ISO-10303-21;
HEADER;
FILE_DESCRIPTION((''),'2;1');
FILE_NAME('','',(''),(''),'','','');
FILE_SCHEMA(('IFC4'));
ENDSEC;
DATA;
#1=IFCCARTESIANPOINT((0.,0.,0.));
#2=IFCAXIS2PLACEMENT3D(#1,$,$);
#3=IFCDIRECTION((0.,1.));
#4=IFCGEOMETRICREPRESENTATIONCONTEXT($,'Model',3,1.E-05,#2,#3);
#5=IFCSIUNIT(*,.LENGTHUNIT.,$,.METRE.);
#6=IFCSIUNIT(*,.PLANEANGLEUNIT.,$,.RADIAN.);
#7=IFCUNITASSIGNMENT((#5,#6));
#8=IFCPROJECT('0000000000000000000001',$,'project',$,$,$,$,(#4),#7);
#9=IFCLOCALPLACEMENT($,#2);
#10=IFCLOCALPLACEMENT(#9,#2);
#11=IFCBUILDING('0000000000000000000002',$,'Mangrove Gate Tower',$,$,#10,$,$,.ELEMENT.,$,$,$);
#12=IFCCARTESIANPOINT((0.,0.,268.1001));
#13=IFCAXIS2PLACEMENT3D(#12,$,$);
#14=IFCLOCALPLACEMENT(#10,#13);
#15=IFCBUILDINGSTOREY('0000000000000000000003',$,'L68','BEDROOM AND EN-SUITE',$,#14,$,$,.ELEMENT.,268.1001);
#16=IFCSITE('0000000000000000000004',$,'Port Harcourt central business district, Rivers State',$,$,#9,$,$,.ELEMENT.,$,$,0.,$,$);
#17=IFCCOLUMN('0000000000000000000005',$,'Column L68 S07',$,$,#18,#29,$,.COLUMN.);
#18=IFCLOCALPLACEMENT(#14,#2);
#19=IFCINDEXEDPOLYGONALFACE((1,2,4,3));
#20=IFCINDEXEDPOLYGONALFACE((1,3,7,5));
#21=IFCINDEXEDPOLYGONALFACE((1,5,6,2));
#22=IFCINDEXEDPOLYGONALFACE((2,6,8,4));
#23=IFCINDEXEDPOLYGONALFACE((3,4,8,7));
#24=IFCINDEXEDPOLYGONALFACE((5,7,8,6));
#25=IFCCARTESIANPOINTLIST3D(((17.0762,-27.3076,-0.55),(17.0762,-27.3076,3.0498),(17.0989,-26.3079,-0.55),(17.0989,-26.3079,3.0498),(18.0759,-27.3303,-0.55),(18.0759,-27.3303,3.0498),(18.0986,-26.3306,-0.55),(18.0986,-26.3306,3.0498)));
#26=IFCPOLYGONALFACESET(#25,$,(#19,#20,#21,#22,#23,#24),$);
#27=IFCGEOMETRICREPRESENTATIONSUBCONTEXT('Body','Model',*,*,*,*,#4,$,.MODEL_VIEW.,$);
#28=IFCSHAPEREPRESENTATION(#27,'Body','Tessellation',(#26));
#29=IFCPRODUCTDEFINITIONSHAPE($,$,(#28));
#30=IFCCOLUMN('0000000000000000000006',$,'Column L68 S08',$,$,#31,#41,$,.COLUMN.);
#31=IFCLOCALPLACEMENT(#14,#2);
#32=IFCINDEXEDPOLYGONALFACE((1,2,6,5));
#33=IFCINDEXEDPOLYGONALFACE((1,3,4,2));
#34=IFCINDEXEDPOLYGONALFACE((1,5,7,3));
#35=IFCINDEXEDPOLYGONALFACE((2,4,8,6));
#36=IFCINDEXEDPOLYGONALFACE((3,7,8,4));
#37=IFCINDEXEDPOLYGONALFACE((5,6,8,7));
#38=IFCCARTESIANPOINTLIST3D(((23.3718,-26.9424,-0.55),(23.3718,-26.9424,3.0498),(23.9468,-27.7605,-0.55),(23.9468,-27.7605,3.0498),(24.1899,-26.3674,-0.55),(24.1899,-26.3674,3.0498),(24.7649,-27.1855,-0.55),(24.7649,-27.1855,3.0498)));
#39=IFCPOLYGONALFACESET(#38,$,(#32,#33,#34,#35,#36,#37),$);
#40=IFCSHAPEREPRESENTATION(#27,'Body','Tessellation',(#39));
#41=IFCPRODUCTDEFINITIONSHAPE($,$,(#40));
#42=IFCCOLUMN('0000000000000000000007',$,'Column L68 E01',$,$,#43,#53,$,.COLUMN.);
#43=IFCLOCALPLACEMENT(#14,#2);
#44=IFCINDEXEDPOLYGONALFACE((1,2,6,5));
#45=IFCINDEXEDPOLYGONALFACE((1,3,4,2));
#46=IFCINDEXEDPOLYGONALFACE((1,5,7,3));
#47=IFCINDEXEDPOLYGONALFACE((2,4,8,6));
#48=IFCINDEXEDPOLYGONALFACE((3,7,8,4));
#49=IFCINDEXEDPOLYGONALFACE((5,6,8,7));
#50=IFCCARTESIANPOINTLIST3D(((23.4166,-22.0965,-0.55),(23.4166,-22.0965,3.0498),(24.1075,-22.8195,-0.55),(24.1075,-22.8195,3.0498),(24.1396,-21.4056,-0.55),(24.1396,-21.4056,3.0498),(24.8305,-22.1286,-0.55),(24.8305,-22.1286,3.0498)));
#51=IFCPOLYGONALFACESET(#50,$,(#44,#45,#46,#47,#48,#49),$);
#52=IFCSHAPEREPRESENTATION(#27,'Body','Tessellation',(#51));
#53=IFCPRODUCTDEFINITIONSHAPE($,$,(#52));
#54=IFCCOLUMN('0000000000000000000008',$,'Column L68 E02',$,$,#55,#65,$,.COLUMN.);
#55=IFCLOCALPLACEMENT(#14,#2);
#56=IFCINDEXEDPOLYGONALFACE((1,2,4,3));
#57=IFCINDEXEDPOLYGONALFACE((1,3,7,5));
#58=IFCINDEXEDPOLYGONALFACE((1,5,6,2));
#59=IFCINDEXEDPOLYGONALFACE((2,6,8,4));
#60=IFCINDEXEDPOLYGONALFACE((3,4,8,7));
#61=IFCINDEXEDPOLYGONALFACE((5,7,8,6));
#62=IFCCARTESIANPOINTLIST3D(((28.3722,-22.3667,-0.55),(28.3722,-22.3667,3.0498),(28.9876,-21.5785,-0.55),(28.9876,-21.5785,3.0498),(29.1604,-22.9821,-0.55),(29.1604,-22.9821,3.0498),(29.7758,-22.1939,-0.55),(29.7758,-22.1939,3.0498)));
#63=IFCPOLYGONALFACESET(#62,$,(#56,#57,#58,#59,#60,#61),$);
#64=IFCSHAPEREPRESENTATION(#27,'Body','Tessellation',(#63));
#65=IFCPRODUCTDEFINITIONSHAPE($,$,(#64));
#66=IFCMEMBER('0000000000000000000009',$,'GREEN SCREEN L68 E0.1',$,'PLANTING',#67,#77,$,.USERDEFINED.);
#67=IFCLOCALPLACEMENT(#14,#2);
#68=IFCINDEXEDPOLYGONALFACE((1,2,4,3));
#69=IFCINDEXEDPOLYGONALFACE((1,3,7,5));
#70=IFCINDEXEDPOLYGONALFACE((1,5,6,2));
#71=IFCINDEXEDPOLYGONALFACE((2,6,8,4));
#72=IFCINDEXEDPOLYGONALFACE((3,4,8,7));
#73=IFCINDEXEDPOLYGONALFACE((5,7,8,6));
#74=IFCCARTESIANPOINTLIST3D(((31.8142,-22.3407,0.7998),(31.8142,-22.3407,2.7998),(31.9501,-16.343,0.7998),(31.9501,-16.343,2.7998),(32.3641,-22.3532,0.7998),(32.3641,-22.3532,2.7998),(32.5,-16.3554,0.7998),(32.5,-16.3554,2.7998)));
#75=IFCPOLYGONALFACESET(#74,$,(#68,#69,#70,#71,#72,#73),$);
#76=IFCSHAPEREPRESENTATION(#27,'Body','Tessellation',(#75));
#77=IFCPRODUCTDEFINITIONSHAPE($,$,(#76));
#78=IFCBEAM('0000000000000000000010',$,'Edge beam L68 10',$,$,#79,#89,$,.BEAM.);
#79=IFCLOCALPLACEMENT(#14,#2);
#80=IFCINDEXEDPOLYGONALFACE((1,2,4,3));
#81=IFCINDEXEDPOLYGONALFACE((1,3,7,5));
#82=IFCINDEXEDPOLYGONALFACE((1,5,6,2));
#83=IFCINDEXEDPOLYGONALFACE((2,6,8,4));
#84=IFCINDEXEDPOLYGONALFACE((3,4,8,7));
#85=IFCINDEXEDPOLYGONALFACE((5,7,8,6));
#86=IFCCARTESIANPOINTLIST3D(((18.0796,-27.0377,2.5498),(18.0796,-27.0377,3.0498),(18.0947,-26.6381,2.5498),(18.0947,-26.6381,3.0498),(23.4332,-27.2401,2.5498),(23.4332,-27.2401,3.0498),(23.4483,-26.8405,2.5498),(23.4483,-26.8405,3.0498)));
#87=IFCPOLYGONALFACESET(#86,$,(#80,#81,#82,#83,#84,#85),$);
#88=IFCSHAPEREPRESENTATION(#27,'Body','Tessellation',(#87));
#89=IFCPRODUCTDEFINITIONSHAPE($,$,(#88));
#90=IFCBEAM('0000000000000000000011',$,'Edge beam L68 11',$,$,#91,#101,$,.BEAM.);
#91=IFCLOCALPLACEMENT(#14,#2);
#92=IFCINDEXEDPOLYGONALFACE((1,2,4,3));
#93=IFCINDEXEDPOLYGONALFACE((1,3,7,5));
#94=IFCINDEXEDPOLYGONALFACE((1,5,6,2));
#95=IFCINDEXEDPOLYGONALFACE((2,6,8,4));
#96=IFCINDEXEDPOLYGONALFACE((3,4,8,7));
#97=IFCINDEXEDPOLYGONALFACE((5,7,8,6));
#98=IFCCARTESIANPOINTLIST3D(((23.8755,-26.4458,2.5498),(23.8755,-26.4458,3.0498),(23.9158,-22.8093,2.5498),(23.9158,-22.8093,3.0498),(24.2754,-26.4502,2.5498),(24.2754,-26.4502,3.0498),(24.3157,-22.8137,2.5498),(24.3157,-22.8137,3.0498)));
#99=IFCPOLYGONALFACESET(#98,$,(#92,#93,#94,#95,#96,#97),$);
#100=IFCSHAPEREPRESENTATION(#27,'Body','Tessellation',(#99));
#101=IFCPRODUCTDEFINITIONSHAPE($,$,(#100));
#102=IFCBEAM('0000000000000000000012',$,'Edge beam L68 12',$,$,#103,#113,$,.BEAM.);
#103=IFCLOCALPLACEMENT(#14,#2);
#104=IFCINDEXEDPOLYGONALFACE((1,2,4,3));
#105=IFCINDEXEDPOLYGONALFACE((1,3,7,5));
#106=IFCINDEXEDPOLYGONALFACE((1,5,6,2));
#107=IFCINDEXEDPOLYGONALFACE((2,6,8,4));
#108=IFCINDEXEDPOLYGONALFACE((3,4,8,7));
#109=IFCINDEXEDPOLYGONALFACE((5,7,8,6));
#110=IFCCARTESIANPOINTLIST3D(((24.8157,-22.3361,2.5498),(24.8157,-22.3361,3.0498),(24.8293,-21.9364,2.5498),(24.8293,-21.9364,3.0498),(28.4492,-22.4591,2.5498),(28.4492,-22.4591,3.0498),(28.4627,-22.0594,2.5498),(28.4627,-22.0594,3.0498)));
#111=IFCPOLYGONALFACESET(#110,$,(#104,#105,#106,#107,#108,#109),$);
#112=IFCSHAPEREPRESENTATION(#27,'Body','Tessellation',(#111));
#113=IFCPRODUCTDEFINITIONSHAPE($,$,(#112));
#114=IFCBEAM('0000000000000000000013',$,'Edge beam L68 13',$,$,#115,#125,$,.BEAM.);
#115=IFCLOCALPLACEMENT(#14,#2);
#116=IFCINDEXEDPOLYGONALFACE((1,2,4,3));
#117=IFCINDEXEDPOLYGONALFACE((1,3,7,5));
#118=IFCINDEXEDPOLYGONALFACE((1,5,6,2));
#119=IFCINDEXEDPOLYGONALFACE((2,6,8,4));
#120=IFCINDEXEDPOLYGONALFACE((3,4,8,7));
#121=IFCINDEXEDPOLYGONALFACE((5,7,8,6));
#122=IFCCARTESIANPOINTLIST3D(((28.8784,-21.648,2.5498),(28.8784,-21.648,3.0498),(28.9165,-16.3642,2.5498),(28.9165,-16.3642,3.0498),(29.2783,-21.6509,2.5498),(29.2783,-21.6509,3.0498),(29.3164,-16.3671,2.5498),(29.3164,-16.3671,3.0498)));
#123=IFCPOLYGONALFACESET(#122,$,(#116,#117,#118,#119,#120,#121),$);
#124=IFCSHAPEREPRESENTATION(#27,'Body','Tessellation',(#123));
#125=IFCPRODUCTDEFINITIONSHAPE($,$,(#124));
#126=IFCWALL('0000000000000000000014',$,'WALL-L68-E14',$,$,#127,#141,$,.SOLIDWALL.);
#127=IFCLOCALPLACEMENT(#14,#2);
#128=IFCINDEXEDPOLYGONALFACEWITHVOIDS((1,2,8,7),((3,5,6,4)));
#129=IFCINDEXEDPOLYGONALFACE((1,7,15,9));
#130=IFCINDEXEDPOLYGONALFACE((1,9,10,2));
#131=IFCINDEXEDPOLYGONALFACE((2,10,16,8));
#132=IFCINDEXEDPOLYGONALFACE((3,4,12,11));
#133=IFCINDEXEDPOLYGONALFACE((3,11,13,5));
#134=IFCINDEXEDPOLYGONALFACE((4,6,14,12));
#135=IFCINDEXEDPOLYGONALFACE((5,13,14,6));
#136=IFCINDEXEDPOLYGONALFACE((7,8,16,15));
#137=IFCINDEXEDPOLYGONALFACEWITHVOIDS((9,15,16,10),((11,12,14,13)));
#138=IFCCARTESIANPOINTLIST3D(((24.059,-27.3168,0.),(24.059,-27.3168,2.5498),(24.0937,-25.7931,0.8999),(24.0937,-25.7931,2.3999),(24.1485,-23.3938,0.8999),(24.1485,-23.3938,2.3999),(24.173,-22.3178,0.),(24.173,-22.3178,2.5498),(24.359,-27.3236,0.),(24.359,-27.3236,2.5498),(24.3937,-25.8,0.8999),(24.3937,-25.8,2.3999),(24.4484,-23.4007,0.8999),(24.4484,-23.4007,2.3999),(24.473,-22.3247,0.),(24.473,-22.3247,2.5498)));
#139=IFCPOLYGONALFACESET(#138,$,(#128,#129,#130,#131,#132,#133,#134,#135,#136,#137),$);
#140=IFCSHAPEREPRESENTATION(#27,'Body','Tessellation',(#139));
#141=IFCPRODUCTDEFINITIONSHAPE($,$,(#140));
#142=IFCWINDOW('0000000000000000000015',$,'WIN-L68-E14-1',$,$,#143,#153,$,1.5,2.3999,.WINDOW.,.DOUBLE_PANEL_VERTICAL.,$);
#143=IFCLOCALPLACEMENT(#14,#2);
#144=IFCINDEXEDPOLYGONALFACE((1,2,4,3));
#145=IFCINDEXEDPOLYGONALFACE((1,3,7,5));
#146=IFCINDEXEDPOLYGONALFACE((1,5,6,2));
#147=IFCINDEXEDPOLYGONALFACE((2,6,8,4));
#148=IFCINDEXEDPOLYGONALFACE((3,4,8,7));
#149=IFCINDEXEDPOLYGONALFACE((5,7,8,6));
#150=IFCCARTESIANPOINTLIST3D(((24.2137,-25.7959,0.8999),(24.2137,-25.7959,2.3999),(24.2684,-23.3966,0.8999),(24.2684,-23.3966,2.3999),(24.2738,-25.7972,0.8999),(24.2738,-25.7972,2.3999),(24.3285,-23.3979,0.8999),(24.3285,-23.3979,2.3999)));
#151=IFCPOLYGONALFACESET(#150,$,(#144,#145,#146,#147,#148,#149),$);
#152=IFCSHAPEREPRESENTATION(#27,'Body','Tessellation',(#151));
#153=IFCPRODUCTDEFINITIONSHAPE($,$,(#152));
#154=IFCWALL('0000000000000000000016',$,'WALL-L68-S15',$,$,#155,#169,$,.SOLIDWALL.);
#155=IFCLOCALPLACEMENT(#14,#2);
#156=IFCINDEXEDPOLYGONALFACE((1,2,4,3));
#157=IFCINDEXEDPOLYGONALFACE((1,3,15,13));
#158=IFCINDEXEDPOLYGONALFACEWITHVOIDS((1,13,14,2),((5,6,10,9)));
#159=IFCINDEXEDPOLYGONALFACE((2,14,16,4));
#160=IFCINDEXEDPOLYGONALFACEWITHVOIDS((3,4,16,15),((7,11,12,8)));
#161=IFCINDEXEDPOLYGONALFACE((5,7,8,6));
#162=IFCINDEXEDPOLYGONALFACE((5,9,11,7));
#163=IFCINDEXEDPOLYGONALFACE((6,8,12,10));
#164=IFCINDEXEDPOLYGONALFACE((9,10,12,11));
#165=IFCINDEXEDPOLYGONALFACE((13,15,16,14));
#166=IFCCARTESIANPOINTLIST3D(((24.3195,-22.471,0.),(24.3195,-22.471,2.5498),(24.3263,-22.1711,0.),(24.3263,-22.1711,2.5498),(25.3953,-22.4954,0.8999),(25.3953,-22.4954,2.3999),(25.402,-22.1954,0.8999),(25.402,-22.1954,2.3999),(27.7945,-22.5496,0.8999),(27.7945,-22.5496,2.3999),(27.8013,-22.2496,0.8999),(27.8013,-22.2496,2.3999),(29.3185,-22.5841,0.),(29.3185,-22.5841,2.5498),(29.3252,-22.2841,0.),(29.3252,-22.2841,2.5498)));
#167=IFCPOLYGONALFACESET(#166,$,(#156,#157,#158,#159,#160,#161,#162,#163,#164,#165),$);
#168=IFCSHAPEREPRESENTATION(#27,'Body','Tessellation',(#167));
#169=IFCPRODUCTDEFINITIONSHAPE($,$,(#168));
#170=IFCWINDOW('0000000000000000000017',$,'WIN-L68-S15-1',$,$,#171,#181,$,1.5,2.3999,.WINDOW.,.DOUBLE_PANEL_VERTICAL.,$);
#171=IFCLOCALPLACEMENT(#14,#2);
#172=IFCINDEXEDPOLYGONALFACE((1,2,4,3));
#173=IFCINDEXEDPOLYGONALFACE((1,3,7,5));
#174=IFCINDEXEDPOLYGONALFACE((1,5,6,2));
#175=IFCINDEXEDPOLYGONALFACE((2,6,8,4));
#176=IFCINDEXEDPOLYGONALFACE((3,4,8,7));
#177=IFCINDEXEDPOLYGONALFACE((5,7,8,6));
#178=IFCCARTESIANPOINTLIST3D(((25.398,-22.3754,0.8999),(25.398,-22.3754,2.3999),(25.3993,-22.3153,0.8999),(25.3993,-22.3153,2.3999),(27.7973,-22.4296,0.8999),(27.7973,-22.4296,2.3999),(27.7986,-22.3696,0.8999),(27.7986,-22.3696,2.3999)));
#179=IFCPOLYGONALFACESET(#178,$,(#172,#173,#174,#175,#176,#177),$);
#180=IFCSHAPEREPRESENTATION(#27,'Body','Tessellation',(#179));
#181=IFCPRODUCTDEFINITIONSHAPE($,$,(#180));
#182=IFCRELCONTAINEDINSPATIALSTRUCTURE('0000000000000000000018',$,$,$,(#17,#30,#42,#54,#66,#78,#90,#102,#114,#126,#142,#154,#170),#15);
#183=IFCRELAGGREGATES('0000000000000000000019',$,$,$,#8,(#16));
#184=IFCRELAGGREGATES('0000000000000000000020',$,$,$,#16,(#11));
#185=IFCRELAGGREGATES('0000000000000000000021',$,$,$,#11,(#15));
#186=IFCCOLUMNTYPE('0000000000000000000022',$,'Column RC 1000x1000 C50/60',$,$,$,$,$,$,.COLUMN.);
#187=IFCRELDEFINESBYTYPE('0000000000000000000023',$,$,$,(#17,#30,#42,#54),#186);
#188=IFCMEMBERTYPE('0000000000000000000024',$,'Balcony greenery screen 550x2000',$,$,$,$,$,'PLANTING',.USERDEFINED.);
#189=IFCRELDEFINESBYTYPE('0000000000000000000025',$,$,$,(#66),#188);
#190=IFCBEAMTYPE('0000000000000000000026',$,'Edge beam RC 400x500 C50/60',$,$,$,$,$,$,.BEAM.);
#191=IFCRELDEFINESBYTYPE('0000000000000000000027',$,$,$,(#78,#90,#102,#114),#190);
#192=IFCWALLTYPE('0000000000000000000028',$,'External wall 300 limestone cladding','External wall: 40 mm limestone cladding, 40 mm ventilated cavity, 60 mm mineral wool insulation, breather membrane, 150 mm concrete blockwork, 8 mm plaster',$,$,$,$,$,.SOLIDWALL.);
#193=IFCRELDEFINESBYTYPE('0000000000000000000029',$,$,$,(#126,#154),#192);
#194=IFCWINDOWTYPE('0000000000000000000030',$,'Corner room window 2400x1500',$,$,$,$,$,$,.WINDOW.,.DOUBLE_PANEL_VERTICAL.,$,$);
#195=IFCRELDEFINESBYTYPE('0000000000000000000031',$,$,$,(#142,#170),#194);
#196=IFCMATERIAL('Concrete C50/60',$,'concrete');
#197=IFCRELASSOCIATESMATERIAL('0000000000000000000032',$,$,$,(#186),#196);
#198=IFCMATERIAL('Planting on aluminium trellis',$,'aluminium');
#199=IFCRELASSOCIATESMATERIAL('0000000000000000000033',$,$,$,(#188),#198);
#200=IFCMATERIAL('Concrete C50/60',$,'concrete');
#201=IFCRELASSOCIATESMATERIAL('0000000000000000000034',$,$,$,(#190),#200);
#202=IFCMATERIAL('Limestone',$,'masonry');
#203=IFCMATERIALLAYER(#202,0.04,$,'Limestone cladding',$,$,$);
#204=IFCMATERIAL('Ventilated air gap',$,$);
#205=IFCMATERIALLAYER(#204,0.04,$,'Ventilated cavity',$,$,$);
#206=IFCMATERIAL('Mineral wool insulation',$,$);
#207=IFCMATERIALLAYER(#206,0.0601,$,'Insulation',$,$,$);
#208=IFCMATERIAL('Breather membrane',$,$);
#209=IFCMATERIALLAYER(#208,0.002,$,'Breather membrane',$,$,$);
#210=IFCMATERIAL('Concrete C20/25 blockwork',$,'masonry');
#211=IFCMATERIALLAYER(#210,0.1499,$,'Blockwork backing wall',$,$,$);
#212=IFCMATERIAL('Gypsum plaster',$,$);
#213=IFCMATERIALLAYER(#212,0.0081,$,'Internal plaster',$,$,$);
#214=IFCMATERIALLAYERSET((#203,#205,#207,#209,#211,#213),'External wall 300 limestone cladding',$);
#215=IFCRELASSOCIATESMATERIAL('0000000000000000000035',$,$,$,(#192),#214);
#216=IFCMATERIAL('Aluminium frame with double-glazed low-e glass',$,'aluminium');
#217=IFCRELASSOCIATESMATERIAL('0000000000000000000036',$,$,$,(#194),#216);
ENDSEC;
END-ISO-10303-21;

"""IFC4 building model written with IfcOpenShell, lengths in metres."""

from ifc_helpers import new_model, si_unit, direction, frame, frame_2d, origin, origin_2d, place, context, subcontext, project, spatial, rectangle, extrude, material, layer, layer_set, material_profile, profile_set, type_object, element, fill, save


model = new_model("IFC4")

# Units and contexts
model_context = context("Model", 3, precision=1e-05, world=origin(), true_north=direction((0.0, 1.0)))
body_context = subcontext(model_context, "Body", "Model", "MODEL_VIEW")
ifc_project = project(units=[si_unit("LENGTHUNIT", "METRE"), si_unit("PLANEANGLEUNIT", "RADIAN")], contexts=[model_context])

# Site, building, storey
site_placement = place(None, origin())
site = spatial("IfcSite", under=ifc_project, at=site_placement, Name="Port Harcourt central business district, Rivers State", CompositionType="ELEMENT", RefElevation=0.0)
building_placement = place(site_placement, origin())
building = spatial("IfcBuilding", under=site, at=building_placement, Name="Mangrove Gate Tower", CompositionType="ELEMENT")
storey_placement = place(building_placement, frame((0.0, 0.0, 268.1001)))
storey = spatial("IfcBuildingStorey", under=building, at=storey_placement, Name="L68", Description="BEDROOM AND EN-SUITE", CompositionType="ELEMENT", Elevation=268.1001)

# Columns
ifc_material_1 = material(Name="Concrete C50/60", Category="concrete")
ifc_material_profile_1 = material_profile(ifc_material_1, rectangle(XDim=1.0, YDim=1.0, at=origin_2d()))
ifc_profile_set_1 = profile_set([ifc_material_profile_1], Name="Concrete C50/60")
column_type = type_object("IfcColumnType", Name="Column RC 1000x1000 C50/60", PredefinedType="COLUMN", material=ifc_profile_set_1)
for number, where, z_axis, x_axis, name in (
    (1, (17.5874, -26.8191, -0.55), (0.0, 0.0, 1.0), (0.999742, -0.022708, 0.0), "Column L68 S07"),
    (2, (24.0684, -27.064, -0.55), (0.0, 0.0, 1.0), (0.818121, 0.575046, 0.0), "Column L68 S08"),
    (3, (24.1235, -22.1125, -0.55), (0.0, 0.0, 1.0), (0.722977, 0.690873, 0.0), "Column L68 E01"),
    (4, (29.074, -22.2803, -0.55), (0.0, 0.0, 1.0), (0.615428, 0.788193, 0.0), "Column L68 E02"),
):
    element("IfcColumn", number, at=place(storey_placement, frame(where, z_axis=z_axis, x_axis=x_axis)), inside=storey, type_object=column_type, Name=name, PredefinedType="COLUMN", context=body_context, shape_type="SweptSolid", body=[
        extrude(rectangle(XDim=1.0, YDim=1.0, at=origin_2d()), origin(), (0.0, 0.0, 1.0), 3.5999),
    ])

# Member
ifc_material_2 = material(Name="Planting on aluminium trellis", Category="aluminium")
ifc_material_profile_2 = material_profile(ifc_material_2, rectangle(XDim=0.55, YDim=2.0, at=origin_2d()))
ifc_profile_set_2 = profile_set([ifc_material_profile_2], Name="Planting on aluminium trellis")
member_type = type_object("IfcMemberType", Name="Balcony greenery screen 550x2000", ElementType="PLANTING", PredefinedType="USERDEFINED", material=ifc_profile_set_2)
member_placement = place(storey_placement, frame((32.0891, -22.3469, 1.7998), z_axis=(0.022667, 0.999743, 0.0), x_axis=(-0.999743, 0.022667, 0.0)))
element("IfcMember", 5, at=member_placement, inside=storey, type_object=member_type, Name="GREEN SCREEN L68 E0.1", ObjectType="PLANTING", PredefinedType="USERDEFINED", context=body_context, shape_type="SweptSolid", body=[
    extrude(rectangle(XDim=0.55, YDim=2.0, at=origin_2d()), origin(), (0.0, 0.0, 1.0), 5.9993),
])

# Beams
ifc_material_3 = material(Name="Concrete C50/60", Category="concrete")
ifc_material_profile_3 = material_profile(ifc_material_3, rectangle(XDim=0.3999, YDim=0.5, at=origin_2d()))
ifc_profile_set_3 = profile_set([ifc_material_profile_3], Name="Concrete C50/60")
beam_type = type_object("IfcBeamType", Name="Edge beam RC 400x500 C50/60", PredefinedType="BEAM", material=ifc_profile_set_3)
beam_1_placement = place(storey_placement, frame((18.0872, -26.8379, 2.7998), z_axis=(0.999286, -0.037779, 0.0), x_axis=(0.037779, 0.999286, 0.0)))
element("IfcBeam", 6, at=beam_1_placement, inside=storey, type_object=beam_type, Name="Edge beam L68 10", PredefinedType="BEAM", context=body_context, shape_type="SweptSolid", body=[
    extrude(rectangle(XDim=0.3999, YDim=0.5, at=origin_2d()), origin(), (0.0, 0.0, 1.0), 5.3574),
])
beam_2_placement = place(storey_placement, frame((24.0754, -26.448, 2.7998), z_axis=(0.011077, 0.999939, 0.0), x_axis=(-0.999939, 0.011077, 0.0)))
element("IfcBeam", 7, at=beam_2_placement, inside=storey, type_object=beam_type, Name="Edge beam L68 11", PredefinedType="BEAM", context=body_context, shape_type="SweptSolid", body=[
    extrude(rectangle(XDim=0.3999, YDim=0.5, at=origin_2d()), origin(), (0.0, 0.0, 1.0), 3.6367),
])
beam_3_placement = place(storey_placement, frame((24.8225, -22.1362, 2.7998), z_axis=(0.999427, -0.033847, 0.0), x_axis=(0.033847, 0.999427, 0.0)))
element("IfcBeam", 8, at=beam_3_placement, inside=storey, type_object=beam_type, Name="Edge beam L68 12", PredefinedType="BEAM", context=body_context, shape_type="SweptSolid", body=[
    extrude(rectangle(XDim=0.3999, YDim=0.5, at=origin_2d()), origin(), (0.0, 0.0, 1.0), 3.6355),
])
beam_4_placement = place(storey_placement, frame((29.0784, -21.6494, 2.7998), z_axis=(0.007208, 0.999974, 0.0), x_axis=(-0.999974, 0.007208, 0.0)))
element("IfcBeam", 9, at=beam_4_placement, inside=storey, type_object=beam_type, Name="Edge beam L68 13", PredefinedType="BEAM", context=body_context, shape_type="SweptSolid", body=[
    extrude(rectangle(XDim=0.3999, YDim=0.5, at=origin_2d()), origin(), (0.0, 0.0, 1.0), 5.2839),
])

# Shared definitions
ifc_material_4 = material(Name="Limestone", Category="masonry")
ifc_layer_1 = layer(ifc_material_4, 0.04, Name="Limestone cladding")
ifc_material_5 = material(Name="Ventilated air gap")
ifc_layer_2 = layer(ifc_material_5, 0.04, Name="Ventilated cavity")
ifc_material_6 = material(Name="Mineral wool insulation")
ifc_layer_3 = layer(ifc_material_6, 0.0601, Name="Insulation")
ifc_material_7 = material(Name="Breather membrane")
ifc_layer_4 = layer(ifc_material_7, 0.002, Name="Breather membrane")
ifc_material_8 = material(Name="Concrete C20/25 blockwork", Category="masonry")
ifc_layer_5 = layer(ifc_material_8, 0.1499, Name="Blockwork backing wall")
ifc_material_9 = material(Name="Gypsum plaster")
ifc_layer_6 = layer(ifc_material_9, 0.0081, Name="Internal plaster")
ifc_layer_set_1 = layer_set([ifc_layer_1, ifc_layer_2, ifc_layer_3, ifc_layer_4, ifc_layer_5, ifc_layer_6], Name="External wall 300 limestone cladding")
wall_type_1 = type_object("IfcWallType", Name="External wall 300 limestone cladding", Description="External wall: 40 mm limestone cladding, 40 mm ventilated cavity, 60 mm mineral wool insulation, breather membrane, 150 mm concrete blockwork, 8 mm plaster", PredefinedType="SOLIDWALL", material=ifc_layer_set_1)
ifc_material_10 = material(Name="Aluminium frame with double-glazed low-e glass", Category="aluminium")
window_type = type_object("IfcWindowType", Name="Corner room window 2400x1500", PartitioningType="DOUBLE_PANEL_VERTICAL", PredefinedType="WINDOW", material=ifc_material_10)

# Walls, openings, windows
wall_1_placement = place(storey_placement, frame((24.209, -27.3201, 0.0), z_axis=(0.0, 0.0, 1.0), x_axis=(0.022801, 0.99974, 0.0)))
wall_1 = element("IfcWall", 10, at=wall_1_placement, inside=storey, type_object=wall_type_1, Name="WALL-L68-E14", PredefinedType="SOLIDWALL", context=body_context, shape_type="SweptSolid", body=[
    extrude(rectangle(XDim=5.0002, YDim=0.3, at=frame_2d((2.5, 0.0))), origin(), (0.0, 0.0, 1.0), 2.5498),
])
opening_1_placement = place(wall_1_placement, frame((1.5239, 0.0, 0.8999)))
opening_1 = element("IfcOpeningElement", 11, at=opening_1_placement, cuts=wall_1, PredefinedType="OPENING", context=body_context, shape_type="SweptSolid", body=[
    extrude(rectangle(XDim=2.3999, YDim=1.5, at=frame_2d((1.2, 0.75))), frame((0.0, 0.1599, 0.0), z_axis=(0.0, -1.0, 0.0), x_axis=(1.0, 0.0, 0.0)), (0.0, 0.0, 1.0), 0.3201),
])
window_1_placement = place(opening_1_placement, origin())
window_1 = element("IfcWindow", 12, at=window_1_placement, inside=storey, type_object=window_type, Name="WIN-L68-E14-1", OverallHeight=1.5, OverallWidth=2.3999, PartitioningType="DOUBLE_PANEL_VERTICAL", PredefinedType="WINDOW", context=body_context, shape_type="SweptSolid", body=[
    extrude(rectangle(XDim=2.3999, YDim=1.5, at=frame_2d((1.2, 0.75))), frame((0.0, 0.03, 0.0), z_axis=(0.0, -1.0, 0.0), x_axis=(1.0, 0.0, 0.0)), (0.0, 0.0, 1.0), 0.0601),
])
fill(opening_1, window_1)
wall_2_placement = place(storey_placement, frame((24.323, -22.321, 0.0), z_axis=(0.0, 0.0, 1.0), x_axis=(0.999744, -0.022606, 0.0)))
wall_2 = element("IfcWall", 13, at=wall_2_placement, inside=storey, type_object=wall_type_1, Name="WALL-L68-S15", PredefinedType="SOLIDWALL", context=body_context, shape_type="SweptSolid", body=[
    extrude(rectangle(XDim=5.0002, YDim=0.3, at=frame_2d((2.5, 0.0))), origin(), (0.0, 0.0, 1.0), 2.5498),
])
opening_2_placement = place(wall_2_placement, frame((1.0759, 0.0, 0.8999)))
opening_2 = element("IfcOpeningElement", 14, at=opening_2_placement, cuts=wall_2, PredefinedType="OPENING", context=body_context, shape_type="SweptSolid", body=[
    extrude(rectangle(XDim=2.3999, YDim=1.5, at=frame_2d((1.2, 0.75))), frame((0.0, 0.1599, 0.0), z_axis=(0.0, -1.0, 0.0), x_axis=(1.0, 0.0, 0.0)), (0.0, 0.0, 1.0), 0.3201),
])
window_2_placement = place(opening_2_placement, origin())
window_2 = element("IfcWindow", 15, at=window_2_placement, inside=storey, type_object=window_type, Name="WIN-L68-S15-1", OverallHeight=1.5, OverallWidth=2.3999, PartitioningType="DOUBLE_PANEL_VERTICAL", PredefinedType="WINDOW", context=body_context, shape_type="SweptSolid", body=[
    extrude(rectangle(XDim=2.3999, YDim=1.5, at=frame_2d((1.2, 0.75))), frame((0.0, 0.03, 0.0), z_axis=(0.0, -1.0, 0.0), x_axis=(1.0, 0.0, 0.0)), (0.0, 0.0, 1.0), 0.0601),
])
fill(opening_2, window_2)

save(model, "model.ifc")
